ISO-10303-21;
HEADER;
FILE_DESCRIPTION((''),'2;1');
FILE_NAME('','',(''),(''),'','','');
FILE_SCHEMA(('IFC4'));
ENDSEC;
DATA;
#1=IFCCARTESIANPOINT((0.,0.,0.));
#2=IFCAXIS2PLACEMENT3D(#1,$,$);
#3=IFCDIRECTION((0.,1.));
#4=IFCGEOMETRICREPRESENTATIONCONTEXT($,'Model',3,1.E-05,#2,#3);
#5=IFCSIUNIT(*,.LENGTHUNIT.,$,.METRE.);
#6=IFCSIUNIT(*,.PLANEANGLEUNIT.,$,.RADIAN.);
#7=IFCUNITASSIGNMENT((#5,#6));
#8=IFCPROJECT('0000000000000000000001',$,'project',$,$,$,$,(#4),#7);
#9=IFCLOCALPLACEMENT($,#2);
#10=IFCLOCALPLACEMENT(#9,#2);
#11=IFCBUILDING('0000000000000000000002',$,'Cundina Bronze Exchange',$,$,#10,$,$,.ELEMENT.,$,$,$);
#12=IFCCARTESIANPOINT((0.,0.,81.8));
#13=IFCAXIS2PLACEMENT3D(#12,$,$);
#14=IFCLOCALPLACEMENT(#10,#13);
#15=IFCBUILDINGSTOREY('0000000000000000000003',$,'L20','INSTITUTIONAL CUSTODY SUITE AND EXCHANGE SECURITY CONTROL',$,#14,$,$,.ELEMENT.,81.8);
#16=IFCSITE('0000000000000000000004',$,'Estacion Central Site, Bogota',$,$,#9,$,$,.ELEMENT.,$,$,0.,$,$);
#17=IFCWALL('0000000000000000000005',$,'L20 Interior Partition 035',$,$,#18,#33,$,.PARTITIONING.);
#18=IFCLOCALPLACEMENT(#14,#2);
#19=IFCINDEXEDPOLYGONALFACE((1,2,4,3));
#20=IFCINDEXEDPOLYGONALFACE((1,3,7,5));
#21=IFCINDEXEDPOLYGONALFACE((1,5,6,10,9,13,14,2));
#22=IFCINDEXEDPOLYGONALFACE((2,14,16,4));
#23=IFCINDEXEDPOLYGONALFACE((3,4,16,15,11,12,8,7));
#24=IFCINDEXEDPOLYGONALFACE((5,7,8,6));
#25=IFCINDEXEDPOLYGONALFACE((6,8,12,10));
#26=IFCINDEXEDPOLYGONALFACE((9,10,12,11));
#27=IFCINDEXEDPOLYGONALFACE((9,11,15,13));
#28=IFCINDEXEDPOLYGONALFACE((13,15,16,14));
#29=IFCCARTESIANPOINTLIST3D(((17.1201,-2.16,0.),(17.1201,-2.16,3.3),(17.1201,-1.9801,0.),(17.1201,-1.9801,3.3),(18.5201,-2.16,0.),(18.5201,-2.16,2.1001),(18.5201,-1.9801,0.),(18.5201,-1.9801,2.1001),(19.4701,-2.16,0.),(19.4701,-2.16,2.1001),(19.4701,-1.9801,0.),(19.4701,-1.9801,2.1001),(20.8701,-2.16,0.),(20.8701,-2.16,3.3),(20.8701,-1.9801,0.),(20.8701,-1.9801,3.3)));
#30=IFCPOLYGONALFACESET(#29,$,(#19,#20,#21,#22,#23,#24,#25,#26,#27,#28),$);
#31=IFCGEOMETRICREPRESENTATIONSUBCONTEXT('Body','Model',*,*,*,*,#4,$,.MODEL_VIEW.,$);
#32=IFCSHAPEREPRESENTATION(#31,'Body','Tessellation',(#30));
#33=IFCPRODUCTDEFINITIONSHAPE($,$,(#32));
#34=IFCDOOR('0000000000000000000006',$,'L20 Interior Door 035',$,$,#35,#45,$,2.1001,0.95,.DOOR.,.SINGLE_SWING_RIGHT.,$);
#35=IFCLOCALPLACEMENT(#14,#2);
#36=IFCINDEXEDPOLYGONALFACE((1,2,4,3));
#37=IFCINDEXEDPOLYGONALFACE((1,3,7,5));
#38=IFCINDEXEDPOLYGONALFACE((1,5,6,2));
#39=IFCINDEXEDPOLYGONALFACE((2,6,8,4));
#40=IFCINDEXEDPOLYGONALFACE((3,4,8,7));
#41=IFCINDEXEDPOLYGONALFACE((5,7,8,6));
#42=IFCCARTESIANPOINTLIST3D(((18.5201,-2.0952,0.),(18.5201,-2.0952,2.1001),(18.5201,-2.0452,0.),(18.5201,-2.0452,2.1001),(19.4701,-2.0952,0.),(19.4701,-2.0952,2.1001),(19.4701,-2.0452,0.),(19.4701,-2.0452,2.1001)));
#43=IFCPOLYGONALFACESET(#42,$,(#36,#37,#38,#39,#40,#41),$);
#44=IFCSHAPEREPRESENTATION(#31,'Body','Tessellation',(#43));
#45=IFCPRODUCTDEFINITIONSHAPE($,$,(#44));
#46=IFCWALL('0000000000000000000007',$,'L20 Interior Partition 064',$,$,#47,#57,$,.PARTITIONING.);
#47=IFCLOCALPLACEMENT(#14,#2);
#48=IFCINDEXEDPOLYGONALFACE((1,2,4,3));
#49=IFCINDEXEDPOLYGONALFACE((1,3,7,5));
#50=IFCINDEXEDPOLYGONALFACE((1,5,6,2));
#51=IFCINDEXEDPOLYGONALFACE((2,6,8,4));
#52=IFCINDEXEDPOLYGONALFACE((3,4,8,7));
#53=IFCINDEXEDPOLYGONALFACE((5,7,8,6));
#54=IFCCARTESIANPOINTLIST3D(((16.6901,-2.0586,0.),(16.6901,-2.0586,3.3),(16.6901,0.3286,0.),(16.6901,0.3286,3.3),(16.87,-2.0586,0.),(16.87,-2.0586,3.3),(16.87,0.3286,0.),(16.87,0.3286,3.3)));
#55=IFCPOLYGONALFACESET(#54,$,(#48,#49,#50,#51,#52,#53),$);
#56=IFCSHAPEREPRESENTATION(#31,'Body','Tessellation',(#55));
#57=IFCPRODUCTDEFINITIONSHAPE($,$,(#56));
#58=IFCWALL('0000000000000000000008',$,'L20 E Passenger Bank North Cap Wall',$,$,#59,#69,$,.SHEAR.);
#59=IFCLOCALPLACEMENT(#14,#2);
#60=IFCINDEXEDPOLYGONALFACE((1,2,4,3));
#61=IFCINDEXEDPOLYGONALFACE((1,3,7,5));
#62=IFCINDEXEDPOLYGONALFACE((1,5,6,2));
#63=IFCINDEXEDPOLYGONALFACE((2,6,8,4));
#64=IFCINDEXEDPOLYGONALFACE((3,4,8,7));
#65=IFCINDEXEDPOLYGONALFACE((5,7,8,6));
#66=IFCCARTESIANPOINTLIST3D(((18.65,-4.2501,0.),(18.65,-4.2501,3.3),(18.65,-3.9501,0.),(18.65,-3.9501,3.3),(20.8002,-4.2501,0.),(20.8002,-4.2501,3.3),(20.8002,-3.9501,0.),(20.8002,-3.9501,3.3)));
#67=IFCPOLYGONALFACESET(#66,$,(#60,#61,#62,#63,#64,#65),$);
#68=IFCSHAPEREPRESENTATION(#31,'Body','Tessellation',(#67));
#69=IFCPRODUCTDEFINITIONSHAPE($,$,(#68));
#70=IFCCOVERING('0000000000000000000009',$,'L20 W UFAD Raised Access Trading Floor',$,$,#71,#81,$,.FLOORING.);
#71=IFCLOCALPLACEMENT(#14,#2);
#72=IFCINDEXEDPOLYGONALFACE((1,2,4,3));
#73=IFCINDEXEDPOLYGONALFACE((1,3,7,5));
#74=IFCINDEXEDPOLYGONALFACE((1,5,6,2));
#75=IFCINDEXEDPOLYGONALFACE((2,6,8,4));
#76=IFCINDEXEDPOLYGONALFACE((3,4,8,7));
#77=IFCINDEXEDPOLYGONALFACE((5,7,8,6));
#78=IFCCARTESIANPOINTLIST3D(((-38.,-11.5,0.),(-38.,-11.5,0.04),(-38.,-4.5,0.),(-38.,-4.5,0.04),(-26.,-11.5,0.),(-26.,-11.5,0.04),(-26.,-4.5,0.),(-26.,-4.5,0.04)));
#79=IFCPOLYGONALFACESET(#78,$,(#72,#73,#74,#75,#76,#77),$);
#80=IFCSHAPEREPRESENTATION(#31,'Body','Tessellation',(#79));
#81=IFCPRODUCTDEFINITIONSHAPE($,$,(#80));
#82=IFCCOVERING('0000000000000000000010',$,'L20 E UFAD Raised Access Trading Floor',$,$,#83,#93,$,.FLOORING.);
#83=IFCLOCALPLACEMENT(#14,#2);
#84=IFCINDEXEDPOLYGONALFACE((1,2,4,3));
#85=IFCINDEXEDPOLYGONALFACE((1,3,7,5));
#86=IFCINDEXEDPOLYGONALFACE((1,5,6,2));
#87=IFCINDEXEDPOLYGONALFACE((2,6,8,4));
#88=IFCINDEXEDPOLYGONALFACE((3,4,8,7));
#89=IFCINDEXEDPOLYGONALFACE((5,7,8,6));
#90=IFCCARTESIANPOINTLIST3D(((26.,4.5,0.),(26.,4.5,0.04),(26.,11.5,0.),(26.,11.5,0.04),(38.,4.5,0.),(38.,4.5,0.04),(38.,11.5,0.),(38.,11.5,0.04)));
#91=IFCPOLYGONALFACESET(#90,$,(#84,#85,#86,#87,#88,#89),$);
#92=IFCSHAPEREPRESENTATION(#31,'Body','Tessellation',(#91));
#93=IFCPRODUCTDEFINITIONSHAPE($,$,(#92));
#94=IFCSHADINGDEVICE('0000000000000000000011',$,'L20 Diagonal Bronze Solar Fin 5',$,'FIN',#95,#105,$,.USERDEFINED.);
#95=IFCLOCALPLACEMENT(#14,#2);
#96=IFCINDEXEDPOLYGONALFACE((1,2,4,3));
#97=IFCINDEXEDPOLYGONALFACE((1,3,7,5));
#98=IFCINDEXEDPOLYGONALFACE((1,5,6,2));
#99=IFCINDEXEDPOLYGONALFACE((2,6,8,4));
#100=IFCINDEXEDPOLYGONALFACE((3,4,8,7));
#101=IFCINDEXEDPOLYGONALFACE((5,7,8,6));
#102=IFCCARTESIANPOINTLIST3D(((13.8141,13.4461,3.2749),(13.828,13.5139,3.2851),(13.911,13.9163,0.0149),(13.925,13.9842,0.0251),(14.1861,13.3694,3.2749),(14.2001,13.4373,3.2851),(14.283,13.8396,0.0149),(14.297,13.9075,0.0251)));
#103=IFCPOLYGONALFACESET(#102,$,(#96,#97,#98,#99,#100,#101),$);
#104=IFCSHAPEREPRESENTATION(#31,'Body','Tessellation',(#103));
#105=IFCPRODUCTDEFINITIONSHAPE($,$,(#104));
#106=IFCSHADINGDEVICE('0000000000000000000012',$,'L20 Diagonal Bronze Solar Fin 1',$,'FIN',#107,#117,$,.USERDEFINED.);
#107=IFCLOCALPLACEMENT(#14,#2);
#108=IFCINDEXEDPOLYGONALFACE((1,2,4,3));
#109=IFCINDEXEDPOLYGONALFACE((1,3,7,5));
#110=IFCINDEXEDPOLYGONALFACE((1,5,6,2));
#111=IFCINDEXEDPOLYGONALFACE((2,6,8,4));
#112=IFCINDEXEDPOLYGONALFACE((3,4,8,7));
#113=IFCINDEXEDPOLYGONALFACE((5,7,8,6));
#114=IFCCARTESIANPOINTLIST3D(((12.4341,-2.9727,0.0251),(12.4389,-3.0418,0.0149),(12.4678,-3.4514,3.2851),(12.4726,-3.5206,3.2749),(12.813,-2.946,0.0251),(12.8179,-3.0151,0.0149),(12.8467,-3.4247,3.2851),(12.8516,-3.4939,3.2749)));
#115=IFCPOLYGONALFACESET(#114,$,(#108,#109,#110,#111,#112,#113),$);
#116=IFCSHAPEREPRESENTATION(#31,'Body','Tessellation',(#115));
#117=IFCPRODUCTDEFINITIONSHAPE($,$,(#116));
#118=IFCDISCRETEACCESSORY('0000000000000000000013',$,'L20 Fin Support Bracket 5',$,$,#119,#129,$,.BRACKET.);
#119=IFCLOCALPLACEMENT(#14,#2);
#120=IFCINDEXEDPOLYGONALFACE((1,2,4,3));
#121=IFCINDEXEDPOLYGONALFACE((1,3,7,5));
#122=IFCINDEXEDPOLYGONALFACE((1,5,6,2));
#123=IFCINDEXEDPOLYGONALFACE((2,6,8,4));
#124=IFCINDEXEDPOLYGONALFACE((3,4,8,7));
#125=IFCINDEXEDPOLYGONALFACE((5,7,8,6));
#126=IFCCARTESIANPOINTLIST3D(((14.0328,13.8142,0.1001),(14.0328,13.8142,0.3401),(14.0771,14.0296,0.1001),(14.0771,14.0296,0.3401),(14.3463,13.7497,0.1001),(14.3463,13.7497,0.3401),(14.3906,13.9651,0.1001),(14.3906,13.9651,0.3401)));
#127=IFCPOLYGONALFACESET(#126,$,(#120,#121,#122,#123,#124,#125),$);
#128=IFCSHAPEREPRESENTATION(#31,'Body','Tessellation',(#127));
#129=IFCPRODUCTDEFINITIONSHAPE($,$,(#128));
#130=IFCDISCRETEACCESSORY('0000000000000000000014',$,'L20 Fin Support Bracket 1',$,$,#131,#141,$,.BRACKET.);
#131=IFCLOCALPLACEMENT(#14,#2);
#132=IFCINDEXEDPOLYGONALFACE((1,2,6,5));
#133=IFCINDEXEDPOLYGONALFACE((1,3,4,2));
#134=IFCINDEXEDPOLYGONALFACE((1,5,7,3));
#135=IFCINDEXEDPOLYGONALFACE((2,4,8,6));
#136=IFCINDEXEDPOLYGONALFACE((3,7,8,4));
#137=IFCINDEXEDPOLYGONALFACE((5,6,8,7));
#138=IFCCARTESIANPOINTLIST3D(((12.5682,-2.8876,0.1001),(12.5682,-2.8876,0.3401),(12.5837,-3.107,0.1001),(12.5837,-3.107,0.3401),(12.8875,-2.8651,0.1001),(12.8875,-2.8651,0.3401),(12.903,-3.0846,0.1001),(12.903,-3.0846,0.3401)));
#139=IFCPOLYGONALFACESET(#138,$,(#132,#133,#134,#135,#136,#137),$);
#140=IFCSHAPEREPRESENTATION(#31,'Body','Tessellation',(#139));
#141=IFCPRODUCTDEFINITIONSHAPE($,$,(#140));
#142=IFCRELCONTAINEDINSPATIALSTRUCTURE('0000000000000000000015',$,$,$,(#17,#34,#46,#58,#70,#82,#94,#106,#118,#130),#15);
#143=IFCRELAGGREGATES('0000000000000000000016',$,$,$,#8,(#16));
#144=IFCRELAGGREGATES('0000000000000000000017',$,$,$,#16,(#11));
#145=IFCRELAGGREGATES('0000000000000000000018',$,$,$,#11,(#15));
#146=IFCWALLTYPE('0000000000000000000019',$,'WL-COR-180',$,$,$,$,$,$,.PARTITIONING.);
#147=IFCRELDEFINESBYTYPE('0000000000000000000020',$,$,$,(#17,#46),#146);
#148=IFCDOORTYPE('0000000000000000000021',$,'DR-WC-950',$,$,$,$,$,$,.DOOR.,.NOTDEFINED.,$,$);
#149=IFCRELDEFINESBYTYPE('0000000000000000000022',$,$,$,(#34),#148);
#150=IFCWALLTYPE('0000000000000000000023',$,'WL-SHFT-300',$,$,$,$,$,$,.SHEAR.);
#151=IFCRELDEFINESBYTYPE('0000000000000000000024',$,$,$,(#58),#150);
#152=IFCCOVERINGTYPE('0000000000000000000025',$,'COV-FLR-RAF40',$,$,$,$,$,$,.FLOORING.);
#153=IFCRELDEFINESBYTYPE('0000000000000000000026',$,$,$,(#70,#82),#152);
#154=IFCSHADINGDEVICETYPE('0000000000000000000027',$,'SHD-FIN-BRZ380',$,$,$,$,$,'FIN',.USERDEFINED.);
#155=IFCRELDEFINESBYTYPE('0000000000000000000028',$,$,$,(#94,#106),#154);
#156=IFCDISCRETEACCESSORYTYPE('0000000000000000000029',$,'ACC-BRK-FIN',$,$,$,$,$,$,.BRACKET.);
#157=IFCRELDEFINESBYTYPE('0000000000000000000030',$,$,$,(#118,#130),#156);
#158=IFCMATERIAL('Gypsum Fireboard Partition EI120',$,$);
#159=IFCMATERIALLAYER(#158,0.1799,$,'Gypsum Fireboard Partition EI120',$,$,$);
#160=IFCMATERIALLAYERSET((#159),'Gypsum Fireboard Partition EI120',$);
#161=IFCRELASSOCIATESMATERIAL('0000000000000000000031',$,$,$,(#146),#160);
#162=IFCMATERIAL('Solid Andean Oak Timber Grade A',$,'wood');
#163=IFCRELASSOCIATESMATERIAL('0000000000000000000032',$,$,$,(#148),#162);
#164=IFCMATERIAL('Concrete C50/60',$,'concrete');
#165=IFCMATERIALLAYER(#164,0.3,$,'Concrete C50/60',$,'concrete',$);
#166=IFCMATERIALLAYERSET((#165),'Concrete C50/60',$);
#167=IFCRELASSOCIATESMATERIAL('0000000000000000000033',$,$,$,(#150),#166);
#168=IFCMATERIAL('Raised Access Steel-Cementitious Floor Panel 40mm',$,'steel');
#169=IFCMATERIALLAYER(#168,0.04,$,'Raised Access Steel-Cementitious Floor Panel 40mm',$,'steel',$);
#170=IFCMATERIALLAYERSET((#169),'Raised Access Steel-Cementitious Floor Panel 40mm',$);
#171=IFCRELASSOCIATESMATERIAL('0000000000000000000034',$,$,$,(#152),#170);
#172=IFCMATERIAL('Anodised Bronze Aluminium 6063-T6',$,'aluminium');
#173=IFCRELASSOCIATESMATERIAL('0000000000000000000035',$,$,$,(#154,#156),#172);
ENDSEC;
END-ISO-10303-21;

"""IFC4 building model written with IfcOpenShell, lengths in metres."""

from ifc_helpers import new_model, si_unit, direction, frame, frame_2d, origin, origin_2d, place, context, subcontext, project, spatial, polyline, rectangle, outline, extrude, material, layer, layer_set, material_profile, profile_set, type_object, element, fill, save


model = new_model("IFC4")

# Units and contexts
model_context = context("Model", 3, precision=1e-05, world=origin(), true_north=direction((0.0, 1.0)))
body_context = subcontext(model_context, "Body", "Model", "MODEL_VIEW")
ifc_project = project(units=[si_unit("LENGTHUNIT", "METRE"), si_unit("PLANEANGLEUNIT", "RADIAN")], contexts=[model_context])

# Site, building, storey
site_placement = place(None, origin())
site = spatial("IfcSite", under=ifc_project, at=site_placement, Name="Estacion Central Site, Bogota", CompositionType="ELEMENT", RefElevation=0.0)
building_placement = place(site_placement, origin())
building = spatial("IfcBuilding", under=site, at=building_placement, Name="Cundina Bronze Exchange", CompositionType="ELEMENT")
storey_placement = place(building_placement, frame((0.0, 0.0, 81.8)))
storey = spatial("IfcBuildingStorey", under=building, at=storey_placement, Name="L20", Description="INSTITUTIONAL CUSTODY SUITE AND EXCHANGE SECURITY CONTROL", CompositionType="ELEMENT", Elevation=81.8)

# Shared definitions
ifc_material_1 = material(Name="Anodised Bronze Aluminium 6063-T6", Category="aluminium")

# Shared definitions
ifc_material_2 = material(Name="Gypsum Fireboard Partition EI120")
ifc_layer_1 = layer(ifc_material_2, 0.1799, Name="Gypsum Fireboard Partition EI120")
ifc_layer_set_1 = layer_set([ifc_layer_1], Name="Gypsum Fireboard Partition EI120")
wall_type_1 = type_object("IfcWallType", Name="WL-COR-180", PredefinedType="PARTITIONING", material=ifc_layer_set_1)

# Wall, opening, door
wall_1_placement = place(storey_placement, frame((17.1201, -2.0701, 0.0), z_axis=(0.0, 0.0, 1.0), x_axis=(1.0, 0.0, 0.0)))
wall_1 = element("IfcWall", 1, at=wall_1_placement, inside=storey, type_object=wall_type_1, Name="L20 Interior Partition 035", PredefinedType="PARTITIONING", context=body_context, shape_type="SweptSolid", body=[
    extrude(rectangle(XDim=3.75, YDim=0.1799, at=frame_2d((1.875, 0.0))), origin(), (0.0, 0.0, 1.0), 3.3),
])
opening_placement = place(wall_1_placement, frame((1.3999, 0.0, 0.0)))
opening = element("IfcOpeningElement", 2, at=opening_placement, cuts=wall_1, PredefinedType="OPENING", context=body_context, shape_type="SweptSolid", body=[
    extrude(rectangle(XDim=0.95, YDim=2.1001, at=frame_2d((0.4751, 1.05))), frame((0.0, 0.0999, 0.0), z_axis=(0.0, -1.0, 0.0), x_axis=(1.0, 0.0, 0.0)), (0.0, 0.0, 1.0), 0.2),
])
ifc_material_3 = material(Name="Solid Andean Oak Timber Grade A", Category="wood")
door_type = type_object("IfcDoorType", Name="DR-WC-950", OperationType="NOTDEFINED", PredefinedType="DOOR", material=ifc_material_3)
door_placement = place(opening_placement, origin())
door = element("IfcDoor", 3, at=door_placement, inside=storey, type_object=door_type, Name="L20 Interior Door 035", OperationType="SINGLE_SWING_RIGHT", OverallHeight=2.1001, OverallWidth=0.95, PredefinedType="DOOR", context=body_context, shape_type="SweptSolid", body=[
    extrude(rectangle(XDim=0.95, YDim=2.1001, at=frame_2d((0.4751, 1.05))), frame((0.0, 0.0249, 0.0), z_axis=(0.0, -1.0, 0.0), x_axis=(1.0, 0.0, 0.0)), (0.0, 0.0, 1.0), 0.05),
])
fill(opening, door)

# Walls
wall_2_placement = place(storey_placement, frame((16.78, 0.3286, 0.0), z_axis=(0.0, 0.0, 1.0), x_axis=(0.0, -1.0, 0.0)))
element("IfcWall", 4, at=wall_2_placement, inside=storey, type_object=wall_type_1, Name="L20 Interior Partition 064", PredefinedType="PARTITIONING", context=body_context, shape_type="SweptSolid", body=[
    extrude(rectangle(XDim=2.3872, YDim=0.1799, at=frame_2d((1.1936, 0.0))), origin(), (0.0, 0.0, 1.0), 3.3),
])
ifc_material_4 = material(Name="Concrete C50/60", Category="concrete")
ifc_layer_2 = layer(ifc_material_4, 0.3, Name="Concrete C50/60", Category="concrete")
ifc_layer_set_2 = layer_set([ifc_layer_2], Name="Concrete C50/60")
wall_type_2 = type_object("IfcWallType", Name="WL-SHFT-300", PredefinedType="SHEAR", material=ifc_layer_set_2)
wall_3_placement = place(storey_placement, frame((18.6499, -4.1001, 0.0), z_axis=(0.0, 0.0, 1.0), x_axis=(1.0, 0.0, 0.0)))
element("IfcWall", 5, at=wall_3_placement, inside=storey, type_object=wall_type_2, Name="L20 E Passenger Bank North Cap Wall", PredefinedType="SHEAR", context=body_context, shape_type="SweptSolid", body=[
    extrude(rectangle(XDim=2.1501, YDim=0.3, at=frame_2d((1.0752, 0.0))), origin(), (0.0, 0.0, 1.0), 3.3),
])

# Coverings
ifc_material_5 = material(Name="Raised Access Steel-Cementitious Floor Panel 40mm", Category="steel")
ifc_layer_3 = layer(ifc_material_5, 0.04, Name="Raised Access Steel-Cementitious Floor Panel 40mm", Category="steel")
ifc_layer_set_3 = layer_set([ifc_layer_3], Name="Raised Access Steel-Cementitious Floor Panel 40mm")
covering_type = type_object("IfcCoveringType", Name="COV-FLR-RAF40", PredefinedType="FLOORING", material=ifc_layer_set_3)
covering_1_placement = place(storey_placement, origin())
element("IfcCovering", 6, at=covering_1_placement, inside=storey, type_object=covering_type, Name="L20 W UFAD Raised Access Trading Floor", PredefinedType="FLOORING", context=body_context, shape_type="SweptSolid", body=[
    extrude(outline(polyline([(-38.0, -11.5), (-26.0, -11.5), (-26.0, -4.5), (-38.0, -4.5), (-38.0, -11.5)])), origin(), (0.0, 0.0, 1.0), 0.04),
])
covering_2_placement = place(storey_placement, origin())
element("IfcCovering", 7, at=covering_2_placement, inside=storey, type_object=covering_type, Name="L20 E UFAD Raised Access Trading Floor", PredefinedType="FLOORING", context=body_context, shape_type="SweptSolid", body=[
    extrude(outline(polyline([(26.0, 4.5), (38.0, 4.5), (38.0, 11.5), (26.0, 11.5), (26.0, 4.5)])), origin(), (0.0, 0.0, 1.0), 0.04),
])

# Shading devices
ifc_material_profile_1 = material_profile(ifc_material_1, rectangle(XDim=0.0701, YDim=0.3799, at=origin_2d()), Name="FIN70X380", Category="aluminium")
ifc_profile_set_1 = profile_set([ifc_material_profile_1], Name="Anodised Bronze Aluminium 6063-T6")
shading_device_type = type_object("IfcShadingDeviceType", Name="SHD-FIN-BRZ380", ElementType="FIN", PredefinedType="USERDEFINED", material=ifc_profile_set_1)
for number, where, z_axis, x_axis, name in (
    (8, (14.104, 13.9119, 0.02), (-0.029414, -0.142698, 0.989329), (0.199728, 0.968959, 0.145698), "L20 Diagonal Bronze Solar Fin 5"),
    (9, (12.626, -2.9939, 0.02), (0.010225, -0.145292, 0.989336), (-0.06945, 0.986895, 0.145652), "L20 Diagonal Bronze Solar Fin 1"),
):
    element("IfcShadingDevice", number, at=place(storey_placement, frame(where, z_axis=z_axis, x_axis=x_axis)), inside=storey, type_object=shading_device_type, Name=name, ObjectType="FIN", PredefinedType="USERDEFINED", context=body_context, shape_type="SweptSolid", body=[
        extrude(rectangle(XDim=0.0701, YDim=0.3799, at=origin_2d()), origin(), (0.0, 0.0, 1.0), 3.2952),
    ])

# Discrete accessories
discrete_accessory_type = type_object("IfcDiscreteAccessoryType", Name="ACC-BRK-FIN", PredefinedType="BRACKET", material=ifc_material_1)
for number, where, z_axis, x_axis, name in (
    (10, (14.2117, 13.8896, 0.1001), (0.0, 0.0, 1.0), (-0.20142, -0.979505, 0.0), "L20 Fin Support Bracket 5"),
    (11, (12.7356, -2.9861, 0.1001), (0.0, 0.0, 1.0), (0.070279, -0.997527, 0.0), "L20 Fin Support Bracket 1"),
):
    element("IfcDiscreteAccessory", number, at=place(storey_placement, frame(where, z_axis=z_axis, x_axis=x_axis)), inside=storey, type_object=discrete_accessory_type, Name=name, PredefinedType="BRACKET", context=body_context, shape_type="SweptSolid", body=[
        extrude(rectangle(XDim=0.22, YDim=0.3201, at=origin_2d()), origin(), (0.0, 0.0, 1.0), 0.24),
    ])

save(model, "model.ifc")
